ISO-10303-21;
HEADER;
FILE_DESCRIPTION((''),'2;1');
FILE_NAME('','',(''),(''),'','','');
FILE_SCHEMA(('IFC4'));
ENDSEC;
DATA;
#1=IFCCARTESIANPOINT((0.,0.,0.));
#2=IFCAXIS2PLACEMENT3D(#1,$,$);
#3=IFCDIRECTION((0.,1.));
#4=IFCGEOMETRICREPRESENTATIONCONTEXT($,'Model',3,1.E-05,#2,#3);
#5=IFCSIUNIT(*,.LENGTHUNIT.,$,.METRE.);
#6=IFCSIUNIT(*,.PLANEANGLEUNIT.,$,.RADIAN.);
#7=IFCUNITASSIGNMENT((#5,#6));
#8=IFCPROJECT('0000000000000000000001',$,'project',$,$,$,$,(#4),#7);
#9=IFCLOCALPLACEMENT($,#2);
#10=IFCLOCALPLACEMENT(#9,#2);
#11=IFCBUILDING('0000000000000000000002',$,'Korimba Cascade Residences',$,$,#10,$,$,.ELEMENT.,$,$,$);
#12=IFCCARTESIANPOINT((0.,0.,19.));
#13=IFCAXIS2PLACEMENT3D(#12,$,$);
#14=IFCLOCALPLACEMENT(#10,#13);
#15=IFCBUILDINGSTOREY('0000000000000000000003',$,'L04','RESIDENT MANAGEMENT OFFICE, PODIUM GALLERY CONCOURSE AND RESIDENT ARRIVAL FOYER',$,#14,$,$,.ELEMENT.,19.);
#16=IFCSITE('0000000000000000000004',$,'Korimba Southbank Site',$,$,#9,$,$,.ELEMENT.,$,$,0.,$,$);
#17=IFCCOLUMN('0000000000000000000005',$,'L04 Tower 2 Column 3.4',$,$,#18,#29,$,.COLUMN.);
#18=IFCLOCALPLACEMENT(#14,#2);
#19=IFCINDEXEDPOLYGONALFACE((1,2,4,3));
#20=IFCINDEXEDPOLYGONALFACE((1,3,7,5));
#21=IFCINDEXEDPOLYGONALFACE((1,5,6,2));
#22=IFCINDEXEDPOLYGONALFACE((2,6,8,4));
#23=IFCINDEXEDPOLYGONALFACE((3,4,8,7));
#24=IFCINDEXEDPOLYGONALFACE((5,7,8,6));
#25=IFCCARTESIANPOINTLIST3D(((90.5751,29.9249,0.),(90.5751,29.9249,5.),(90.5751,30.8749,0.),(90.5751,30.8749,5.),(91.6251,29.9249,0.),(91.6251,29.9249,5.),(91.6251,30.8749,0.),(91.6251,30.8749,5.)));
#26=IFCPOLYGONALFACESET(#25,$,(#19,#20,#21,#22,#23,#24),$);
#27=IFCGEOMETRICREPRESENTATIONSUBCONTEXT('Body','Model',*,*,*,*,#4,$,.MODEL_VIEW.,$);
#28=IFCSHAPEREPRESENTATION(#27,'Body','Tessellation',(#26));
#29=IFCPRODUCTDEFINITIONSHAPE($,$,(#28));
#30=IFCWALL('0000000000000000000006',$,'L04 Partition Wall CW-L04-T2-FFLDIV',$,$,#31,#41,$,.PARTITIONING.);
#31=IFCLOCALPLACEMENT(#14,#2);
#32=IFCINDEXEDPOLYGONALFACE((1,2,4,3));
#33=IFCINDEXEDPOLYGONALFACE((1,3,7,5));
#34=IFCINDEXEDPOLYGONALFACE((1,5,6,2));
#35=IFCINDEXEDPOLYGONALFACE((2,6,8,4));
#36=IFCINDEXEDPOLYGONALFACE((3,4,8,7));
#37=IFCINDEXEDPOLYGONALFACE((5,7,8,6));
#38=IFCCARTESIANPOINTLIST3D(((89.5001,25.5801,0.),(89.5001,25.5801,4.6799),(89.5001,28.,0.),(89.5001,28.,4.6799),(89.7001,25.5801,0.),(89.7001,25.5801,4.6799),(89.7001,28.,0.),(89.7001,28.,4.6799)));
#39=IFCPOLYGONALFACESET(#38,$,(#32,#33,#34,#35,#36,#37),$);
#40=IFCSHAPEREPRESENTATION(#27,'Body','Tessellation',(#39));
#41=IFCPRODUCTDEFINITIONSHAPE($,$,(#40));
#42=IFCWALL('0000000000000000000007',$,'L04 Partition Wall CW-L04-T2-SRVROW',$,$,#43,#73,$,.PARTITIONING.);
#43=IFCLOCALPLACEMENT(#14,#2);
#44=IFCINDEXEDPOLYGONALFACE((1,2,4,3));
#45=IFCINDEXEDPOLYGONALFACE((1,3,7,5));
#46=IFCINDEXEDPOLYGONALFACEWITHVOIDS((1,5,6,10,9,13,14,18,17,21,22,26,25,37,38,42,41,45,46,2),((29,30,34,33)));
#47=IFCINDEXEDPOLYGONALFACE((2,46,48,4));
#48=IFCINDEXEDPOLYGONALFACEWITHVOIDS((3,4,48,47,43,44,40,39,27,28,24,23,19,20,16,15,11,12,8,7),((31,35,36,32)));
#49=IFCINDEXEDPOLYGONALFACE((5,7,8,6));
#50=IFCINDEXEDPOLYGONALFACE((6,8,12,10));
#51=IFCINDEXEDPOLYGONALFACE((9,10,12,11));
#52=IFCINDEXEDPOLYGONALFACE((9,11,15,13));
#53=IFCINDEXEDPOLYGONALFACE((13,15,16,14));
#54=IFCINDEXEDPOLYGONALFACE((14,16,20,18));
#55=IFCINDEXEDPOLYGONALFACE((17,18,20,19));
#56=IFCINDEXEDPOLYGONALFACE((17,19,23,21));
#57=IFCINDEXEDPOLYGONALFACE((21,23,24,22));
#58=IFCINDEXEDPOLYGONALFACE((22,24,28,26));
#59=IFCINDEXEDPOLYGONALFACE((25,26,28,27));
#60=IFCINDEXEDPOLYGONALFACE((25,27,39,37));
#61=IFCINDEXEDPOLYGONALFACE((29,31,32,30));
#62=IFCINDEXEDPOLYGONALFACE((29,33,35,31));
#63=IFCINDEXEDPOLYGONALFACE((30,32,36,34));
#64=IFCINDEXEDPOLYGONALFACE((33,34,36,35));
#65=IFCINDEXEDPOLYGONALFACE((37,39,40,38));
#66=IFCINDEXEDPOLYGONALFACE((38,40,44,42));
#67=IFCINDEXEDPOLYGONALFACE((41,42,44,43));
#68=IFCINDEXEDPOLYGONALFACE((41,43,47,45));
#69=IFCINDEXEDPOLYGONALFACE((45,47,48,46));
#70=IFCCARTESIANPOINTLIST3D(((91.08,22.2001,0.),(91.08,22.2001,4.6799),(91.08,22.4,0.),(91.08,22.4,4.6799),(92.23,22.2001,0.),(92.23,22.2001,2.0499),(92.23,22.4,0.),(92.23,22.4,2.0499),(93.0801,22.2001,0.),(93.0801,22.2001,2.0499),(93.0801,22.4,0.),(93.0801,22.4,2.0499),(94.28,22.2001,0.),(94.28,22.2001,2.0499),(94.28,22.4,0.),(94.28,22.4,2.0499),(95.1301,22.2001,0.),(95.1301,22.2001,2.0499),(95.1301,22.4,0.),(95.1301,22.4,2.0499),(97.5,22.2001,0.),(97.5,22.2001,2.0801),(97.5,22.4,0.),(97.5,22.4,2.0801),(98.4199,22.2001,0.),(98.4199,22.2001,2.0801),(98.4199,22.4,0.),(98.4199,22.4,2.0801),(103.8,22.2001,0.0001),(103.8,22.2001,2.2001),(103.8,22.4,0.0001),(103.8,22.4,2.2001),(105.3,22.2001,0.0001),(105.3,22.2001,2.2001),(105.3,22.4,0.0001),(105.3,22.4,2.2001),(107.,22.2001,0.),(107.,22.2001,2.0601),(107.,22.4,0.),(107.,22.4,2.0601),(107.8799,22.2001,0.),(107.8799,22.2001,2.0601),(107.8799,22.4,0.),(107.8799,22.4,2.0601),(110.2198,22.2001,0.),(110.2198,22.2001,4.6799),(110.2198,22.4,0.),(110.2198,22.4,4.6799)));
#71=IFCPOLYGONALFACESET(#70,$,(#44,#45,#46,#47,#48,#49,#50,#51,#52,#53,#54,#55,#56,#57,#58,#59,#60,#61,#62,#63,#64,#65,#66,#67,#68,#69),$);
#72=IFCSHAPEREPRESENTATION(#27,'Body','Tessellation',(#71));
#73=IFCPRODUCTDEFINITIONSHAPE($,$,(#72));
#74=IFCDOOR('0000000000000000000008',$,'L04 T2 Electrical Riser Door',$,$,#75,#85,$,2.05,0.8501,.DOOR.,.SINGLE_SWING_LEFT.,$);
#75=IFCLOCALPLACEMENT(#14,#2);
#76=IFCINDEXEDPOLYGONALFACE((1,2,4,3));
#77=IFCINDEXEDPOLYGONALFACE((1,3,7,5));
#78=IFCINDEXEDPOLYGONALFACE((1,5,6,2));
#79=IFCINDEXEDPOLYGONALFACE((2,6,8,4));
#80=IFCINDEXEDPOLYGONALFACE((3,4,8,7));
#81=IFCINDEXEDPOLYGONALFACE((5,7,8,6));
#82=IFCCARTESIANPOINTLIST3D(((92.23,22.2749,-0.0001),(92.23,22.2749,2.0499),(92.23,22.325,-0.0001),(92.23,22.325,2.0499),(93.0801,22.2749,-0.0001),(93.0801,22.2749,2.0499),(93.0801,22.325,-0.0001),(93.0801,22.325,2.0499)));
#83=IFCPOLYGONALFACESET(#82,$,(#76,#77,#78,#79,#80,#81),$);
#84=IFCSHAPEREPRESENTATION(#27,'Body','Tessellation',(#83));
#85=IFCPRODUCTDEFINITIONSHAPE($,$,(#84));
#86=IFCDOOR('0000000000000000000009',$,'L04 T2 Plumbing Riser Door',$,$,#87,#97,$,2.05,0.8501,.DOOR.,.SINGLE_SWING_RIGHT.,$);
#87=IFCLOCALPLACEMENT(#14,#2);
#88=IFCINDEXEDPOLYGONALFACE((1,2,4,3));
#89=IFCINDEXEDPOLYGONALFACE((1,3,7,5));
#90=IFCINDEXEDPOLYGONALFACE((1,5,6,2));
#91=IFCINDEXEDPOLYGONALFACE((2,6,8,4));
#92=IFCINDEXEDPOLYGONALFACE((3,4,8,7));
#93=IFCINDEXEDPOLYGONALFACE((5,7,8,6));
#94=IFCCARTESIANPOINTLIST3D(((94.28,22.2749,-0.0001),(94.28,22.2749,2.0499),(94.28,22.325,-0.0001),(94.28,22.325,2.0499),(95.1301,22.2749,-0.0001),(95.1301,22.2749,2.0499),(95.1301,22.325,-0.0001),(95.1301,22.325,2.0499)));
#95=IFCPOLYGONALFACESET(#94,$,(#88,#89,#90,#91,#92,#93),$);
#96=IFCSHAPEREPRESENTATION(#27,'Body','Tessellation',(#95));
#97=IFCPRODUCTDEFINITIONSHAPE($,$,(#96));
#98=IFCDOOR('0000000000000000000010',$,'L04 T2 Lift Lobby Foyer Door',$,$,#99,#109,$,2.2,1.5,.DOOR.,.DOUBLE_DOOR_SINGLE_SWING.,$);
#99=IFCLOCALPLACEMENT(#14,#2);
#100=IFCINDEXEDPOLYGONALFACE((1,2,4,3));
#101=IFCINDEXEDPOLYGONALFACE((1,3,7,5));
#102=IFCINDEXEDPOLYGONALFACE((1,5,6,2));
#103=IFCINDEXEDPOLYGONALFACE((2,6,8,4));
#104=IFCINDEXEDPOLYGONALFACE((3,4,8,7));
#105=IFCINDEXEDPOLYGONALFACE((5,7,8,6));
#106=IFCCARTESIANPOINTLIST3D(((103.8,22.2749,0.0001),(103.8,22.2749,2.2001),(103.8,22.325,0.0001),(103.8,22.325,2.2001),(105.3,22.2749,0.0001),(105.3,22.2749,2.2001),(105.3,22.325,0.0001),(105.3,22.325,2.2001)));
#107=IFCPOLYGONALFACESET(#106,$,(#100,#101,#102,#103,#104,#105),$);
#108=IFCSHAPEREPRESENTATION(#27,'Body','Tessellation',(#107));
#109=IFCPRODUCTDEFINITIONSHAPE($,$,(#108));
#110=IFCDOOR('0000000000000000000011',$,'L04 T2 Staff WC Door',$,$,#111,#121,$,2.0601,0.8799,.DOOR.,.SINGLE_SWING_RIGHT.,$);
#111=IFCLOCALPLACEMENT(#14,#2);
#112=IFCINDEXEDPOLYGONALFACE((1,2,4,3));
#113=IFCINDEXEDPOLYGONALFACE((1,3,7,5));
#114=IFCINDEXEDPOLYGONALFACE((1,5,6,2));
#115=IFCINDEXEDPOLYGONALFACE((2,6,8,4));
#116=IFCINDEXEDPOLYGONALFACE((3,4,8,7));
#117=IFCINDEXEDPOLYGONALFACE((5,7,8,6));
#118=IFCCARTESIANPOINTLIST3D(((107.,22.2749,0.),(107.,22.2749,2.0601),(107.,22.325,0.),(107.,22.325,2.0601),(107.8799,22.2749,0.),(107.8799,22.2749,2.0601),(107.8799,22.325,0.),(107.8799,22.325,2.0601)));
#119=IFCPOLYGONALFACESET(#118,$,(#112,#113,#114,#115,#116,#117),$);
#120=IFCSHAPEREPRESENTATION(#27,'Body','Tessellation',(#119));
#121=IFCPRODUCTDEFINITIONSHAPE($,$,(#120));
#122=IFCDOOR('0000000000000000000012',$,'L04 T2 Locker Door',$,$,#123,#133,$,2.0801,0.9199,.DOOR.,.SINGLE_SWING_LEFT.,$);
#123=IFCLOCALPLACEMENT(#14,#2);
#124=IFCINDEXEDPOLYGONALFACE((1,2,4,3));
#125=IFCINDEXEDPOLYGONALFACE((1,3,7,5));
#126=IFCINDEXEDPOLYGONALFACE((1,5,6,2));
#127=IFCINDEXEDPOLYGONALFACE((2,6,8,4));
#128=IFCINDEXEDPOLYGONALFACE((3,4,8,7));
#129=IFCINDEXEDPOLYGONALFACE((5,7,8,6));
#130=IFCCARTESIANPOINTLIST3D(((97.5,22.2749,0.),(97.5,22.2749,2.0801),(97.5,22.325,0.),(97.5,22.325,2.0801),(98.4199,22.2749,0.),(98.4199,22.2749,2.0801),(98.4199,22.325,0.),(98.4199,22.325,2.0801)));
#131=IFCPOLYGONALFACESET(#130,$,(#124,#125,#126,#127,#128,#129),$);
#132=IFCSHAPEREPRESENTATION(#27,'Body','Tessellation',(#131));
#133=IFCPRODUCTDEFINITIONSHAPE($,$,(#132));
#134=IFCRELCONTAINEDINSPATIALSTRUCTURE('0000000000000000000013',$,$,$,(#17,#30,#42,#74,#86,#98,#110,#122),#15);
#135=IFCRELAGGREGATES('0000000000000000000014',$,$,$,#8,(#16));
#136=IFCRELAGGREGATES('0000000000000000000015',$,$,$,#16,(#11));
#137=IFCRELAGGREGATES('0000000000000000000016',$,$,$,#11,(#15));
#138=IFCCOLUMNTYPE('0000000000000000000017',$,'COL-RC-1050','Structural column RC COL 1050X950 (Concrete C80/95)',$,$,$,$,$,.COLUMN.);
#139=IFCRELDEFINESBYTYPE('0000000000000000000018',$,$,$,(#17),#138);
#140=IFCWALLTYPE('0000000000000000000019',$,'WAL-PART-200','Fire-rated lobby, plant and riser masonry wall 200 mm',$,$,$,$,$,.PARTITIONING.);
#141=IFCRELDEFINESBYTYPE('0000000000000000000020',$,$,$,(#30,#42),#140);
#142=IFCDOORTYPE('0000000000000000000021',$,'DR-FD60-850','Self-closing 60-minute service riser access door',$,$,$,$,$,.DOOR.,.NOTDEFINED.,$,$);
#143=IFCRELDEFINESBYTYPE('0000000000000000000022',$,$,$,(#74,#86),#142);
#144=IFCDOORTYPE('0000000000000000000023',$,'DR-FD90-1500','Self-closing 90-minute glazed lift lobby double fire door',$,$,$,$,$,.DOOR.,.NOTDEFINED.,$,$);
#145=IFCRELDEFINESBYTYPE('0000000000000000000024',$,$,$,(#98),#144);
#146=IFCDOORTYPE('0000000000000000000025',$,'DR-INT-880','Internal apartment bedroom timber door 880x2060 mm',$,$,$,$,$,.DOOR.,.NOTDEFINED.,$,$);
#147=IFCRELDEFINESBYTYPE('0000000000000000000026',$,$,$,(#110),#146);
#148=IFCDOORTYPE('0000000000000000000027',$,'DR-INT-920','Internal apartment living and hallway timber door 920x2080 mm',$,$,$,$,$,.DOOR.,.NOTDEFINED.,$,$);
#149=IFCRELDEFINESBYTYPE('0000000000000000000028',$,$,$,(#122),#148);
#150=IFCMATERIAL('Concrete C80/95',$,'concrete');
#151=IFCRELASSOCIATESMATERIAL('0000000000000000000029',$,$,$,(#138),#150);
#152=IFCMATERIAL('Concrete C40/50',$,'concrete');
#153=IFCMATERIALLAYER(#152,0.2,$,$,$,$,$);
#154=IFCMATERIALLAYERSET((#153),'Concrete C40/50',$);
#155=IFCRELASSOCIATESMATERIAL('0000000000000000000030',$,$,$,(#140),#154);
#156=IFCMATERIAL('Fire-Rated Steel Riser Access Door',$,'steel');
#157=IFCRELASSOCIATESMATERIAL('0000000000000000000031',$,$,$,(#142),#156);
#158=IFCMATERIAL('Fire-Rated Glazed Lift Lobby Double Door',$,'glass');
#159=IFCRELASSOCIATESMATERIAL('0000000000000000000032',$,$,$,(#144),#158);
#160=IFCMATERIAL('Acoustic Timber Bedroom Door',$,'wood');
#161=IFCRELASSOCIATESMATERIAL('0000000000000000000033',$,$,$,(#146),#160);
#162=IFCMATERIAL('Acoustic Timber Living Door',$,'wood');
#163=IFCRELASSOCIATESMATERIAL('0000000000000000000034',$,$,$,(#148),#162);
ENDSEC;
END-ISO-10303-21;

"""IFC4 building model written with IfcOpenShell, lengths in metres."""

from ifc_helpers import new_model, si_unit, direction, frame, frame_2d, origin, origin_2d, place, context, subcontext, project, spatial, rectangle, extrude, material, layer, layer_set, material_profile, profile_set, type_object, element, fill, save


model = new_model("IFC4")

# Units and contexts
model_context = context("Model", 3, precision=1e-05, world=origin(), true_north=direction((0.0, 1.0)))
body_context = subcontext(model_context, "Body", "Model", "MODEL_VIEW")
ifc_project = project(units=[si_unit("LENGTHUNIT", "METRE"), si_unit("PLANEANGLEUNIT", "RADIAN")], contexts=[model_context])

# Site, building, storey
site_placement = place(None, origin())
site = spatial("IfcSite", under=ifc_project, at=site_placement, Name="Korimba Southbank Site", CompositionType="ELEMENT", RefElevation=0.0)
building_placement = place(site_placement, origin())
building = spatial("IfcBuilding", under=site, at=building_placement, Name="Korimba Cascade Residences", CompositionType="ELEMENT")
storey_placement = place(building_placement, frame((0.0, 0.0, 19.0)))
storey = spatial("IfcBuildingStorey", under=building, at=storey_placement, Name="L04", Description="RESIDENT MANAGEMENT OFFICE, PODIUM GALLERY CONCOURSE AND RESIDENT ARRIVAL FOYER", CompositionType="ELEMENT", Elevation=19.0)

# Column
ifc_material_1 = material(Name="Concrete C80/95", Category="concrete")
ifc_material_profile = material_profile(ifc_material_1, rectangle(XDim=1.05, YDim=0.95, at=origin_2d()), Name="Concrete C80/95")
ifc_profile_set = profile_set([ifc_material_profile], Name="Concrete C80/95")
column_type = type_object("IfcColumnType", Name="COL-RC-1050", Description="Structural column RC COL 1050X950 (Concrete C80/95)", PredefinedType="COLUMN", material=ifc_profile_set)
column_placement = place(storey_placement, frame((91.1001, 30.3999, 0.0), z_axis=(0.0, 0.0, 1.0), x_axis=(1.0, 0.0, 0.0)))
element("IfcColumn", 1, at=column_placement, inside=storey, type_object=column_type, Name="L04 Tower 2 Column 3.4", PredefinedType="COLUMN", context=body_context, shape_type="SweptSolid", body=[
    extrude(rectangle(XDim=1.05, YDim=0.95, at=origin_2d()), origin(), (0.0, 0.0, 1.0), 5.0),
])

# Wall
ifc_material_2 = material(Name="Concrete C40/50", Category="concrete")
ifc_layer_1 = layer(ifc_material_2, 0.2)
ifc_layer_set_1 = layer_set([ifc_layer_1], Name="Concrete C40/50")
wall_type_1 = type_object("IfcWallType", Name="WAL-PART-200", Description="Fire-rated lobby, plant and riser masonry wall 200 mm", PredefinedType="PARTITIONING", material=ifc_layer_set_1)
wall_1_placement = place(storey_placement, frame((89.6001, 25.5801, 0.0), z_axis=(0.0, 0.0, 1.0), x_axis=(0.0, 1.0, 0.0)))
element("IfcWall", 2, at=wall_1_placement, inside=storey, type_object=wall_type_1, Name="L04 Partition Wall CW-L04-T2-FFLDIV", PredefinedType="PARTITIONING", context=body_context, shape_type="SweptSolid", body=[
    extrude(rectangle(XDim=2.4199, YDim=0.2, at=frame_2d((1.21, 0.0))), origin(), (0.0, 0.0, 1.0), 4.6799),
])

# Wall, openings, doors
wall_2_placement = place(storey_placement, frame((91.0801, 22.3, 0.0), z_axis=(0.0, 0.0, 1.0), x_axis=(1.0, 0.0, 0.0)))
wall_2 = element("IfcWall", 3, at=wall_2_placement, inside=storey, type_object=wall_type_1, Name="L04 Partition Wall CW-L04-T2-SRVROW", PredefinedType="PARTITIONING", context=body_context, shape_type="SweptSolid", body=[
    extrude(rectangle(XDim=19.1399, YDim=0.2, at=frame_2d((9.5698, 0.0))), origin(), (0.0, 0.0, 1.0), 4.6799),
])
opening_1_placement = place(wall_2_placement, frame((1.1499, 0.0, 0.0)))
opening_1 = element("IfcOpeningElement", 4, at=opening_1_placement, cuts=wall_2, PredefinedType="OPENING", context=body_context, shape_type="SweptSolid", body=[
    extrude(rectangle(XDim=0.8501, YDim=2.05, at=frame_2d((0.425, 1.0249))), frame((0.0, 0.1099, 0.0), z_axis=(0.0, -1.0, 0.0), x_axis=(1.0, 0.0, 0.0)), (0.0, 0.0, 1.0), 0.22),
])
opening_2_placement = place(wall_2_placement, frame((3.2, 0.0, 0.0)))
opening_2 = element("IfcOpeningElement", 5, at=opening_2_placement, cuts=wall_2, PredefinedType="OPENING", context=body_context, shape_type="SweptSolid", body=[
    extrude(rectangle(XDim=0.8501, YDim=2.05, at=frame_2d((0.425, 1.0249))), frame((0.0, 0.1099, 0.0), z_axis=(0.0, -1.0, 0.0), x_axis=(1.0, 0.0, 0.0)), (0.0, 0.0, 1.0), 0.22),
])
opening_3_placement = place(wall_2_placement, frame((12.72, 0.0, 0.0)))
opening_3 = element("IfcOpeningElement", 6, at=opening_3_placement, cuts=wall_2, PredefinedType="OPENING", context=body_context, shape_type="SweptSolid", body=[
    extrude(rectangle(XDim=1.5, YDim=2.2, at=frame_2d((0.75, 1.1001))), frame((0.0, 0.1099, 0.0), z_axis=(0.0, -1.0, 0.0), x_axis=(1.0, 0.0, 0.0)), (0.0, 0.0, 1.0), 0.22),
])
opening_4_placement = place(wall_2_placement, frame((6.4199, 0.0, 0.0)))
opening_4 = element("IfcOpeningElement", 7, at=opening_4_placement, cuts=wall_2, PredefinedType="OPENING", context=body_context, shape_type="SweptSolid", body=[
    extrude(rectangle(XDim=0.9199, YDim=2.0801, at=frame_2d((0.46, 1.04))), frame((0.0, 0.1099, 0.0), z_axis=(0.0, -1.0, 0.0), x_axis=(1.0, 0.0, 0.0)), (0.0, 0.0, 1.0), 0.22),
])
opening_5_placement = place(wall_2_placement, frame((15.9199, 0.0, 0.0)))
opening_5 = element("IfcOpeningElement", 8, at=opening_5_placement, cuts=wall_2, PredefinedType="OPENING", context=body_context, shape_type="SweptSolid", body=[
    extrude(rectangle(XDim=0.8799, YDim=2.0601, at=frame_2d((0.4399, 1.03))), frame((0.0, 0.1099, 0.0), z_axis=(0.0, -1.0, 0.0), x_axis=(1.0, 0.0, 0.0)), (0.0, 0.0, 1.0), 0.22),
])
ifc_material_3 = material(Name="Fire-Rated Steel Riser Access Door", Category="steel")
door_type_1 = type_object("IfcDoorType", Name="DR-FD60-850", Description="Self-closing 60-minute service riser access door", OperationType="NOTDEFINED", PredefinedType="DOOR", material=ifc_material_3)
door_1_placement = place(opening_1_placement, origin())
door_1 = element("IfcDoor", 9, at=door_1_placement, inside=storey, type_object=door_type_1, Name="L04 T2 Electrical Riser Door", OperationType="SINGLE_SWING_LEFT", OverallHeight=2.05, OverallWidth=0.8501, PredefinedType="DOOR", context=body_context, shape_type="SweptSolid", body=[
    extrude(rectangle(XDim=0.8501, YDim=2.05, at=frame_2d((0.425, 1.0249))), frame((0.0, 0.0249, 0.0), z_axis=(0.0, -1.0, 0.0), x_axis=(1.0, 0.0, 0.0)), (0.0, 0.0, 1.0), 0.05),
])
fill(opening_1, door_1)
door_2_placement = place(opening_2_placement, origin())
door_2 = element("IfcDoor", 10, at=door_2_placement, inside=storey, type_object=door_type_1, Name="L04 T2 Plumbing Riser Door", OperationType="SINGLE_SWING_RIGHT", OverallHeight=2.05, OverallWidth=0.8501, PredefinedType="DOOR", context=body_context, shape_type="SweptSolid", body=[
    extrude(rectangle(XDim=0.8501, YDim=2.05, at=frame_2d((0.425, 1.0249))), frame((0.0, 0.0249, 0.0), z_axis=(0.0, -1.0, 0.0), x_axis=(1.0, 0.0, 0.0)), (0.0, 0.0, 1.0), 0.05),
])
fill(opening_2, door_2)
ifc_material_4 = material(Name="Fire-Rated Glazed Lift Lobby Double Door", Category="glass")
door_type_2 = type_object("IfcDoorType", Name="DR-FD90-1500", Description="Self-closing 90-minute glazed lift lobby double fire door", OperationType="NOTDEFINED", PredefinedType="DOOR", material=ifc_material_4)
door_3_placement = place(opening_3_placement, origin())
door_3 = element("IfcDoor", 11, at=door_3_placement, inside=storey, type_object=door_type_2, Name="L04 T2 Lift Lobby Foyer Door", OperationType="DOUBLE_DOOR_SINGLE_SWING", OverallHeight=2.2, OverallWidth=1.5, PredefinedType="DOOR", context=body_context, shape_type="SweptSolid", body=[
    extrude(rectangle(XDim=1.5, YDim=2.2, at=frame_2d((0.75, 1.1001))), frame((0.0, 0.0249, 0.0), z_axis=(0.0, -1.0, 0.0), x_axis=(1.0, 0.0, 0.0)), (0.0, 0.0, 1.0), 0.05),
])
fill(opening_3, door_3)
ifc_material_5 = material(Name="Acoustic Timber Bedroom Door", Category="wood")
door_type_3 = type_object("IfcDoorType", Name="DR-INT-880", Description="Internal apartment bedroom timber door 880x2060 mm", OperationType="NOTDEFINED", PredefinedType="DOOR", material=ifc_material_5)
door_4_placement = place(opening_5_placement, origin())
door_4 = element("IfcDoor", 12, at=door_4_placement, inside=storey, type_object=door_type_3, Name="L04 T2 Staff WC Door", OperationType="SINGLE_SWING_RIGHT", OverallHeight=2.0601, OverallWidth=0.8799, PredefinedType="DOOR", context=body_context, shape_type="SweptSolid", body=[
    extrude(rectangle(XDim=0.8799, YDim=2.0601, at=frame_2d((0.4399, 1.03))), frame((0.0, 0.0249, 0.0), z_axis=(0.0, -1.0, 0.0), x_axis=(1.0, 0.0, 0.0)), (0.0, 0.0, 1.0), 0.05),
])
fill(opening_5, door_4)
ifc_material_6 = material(Name="Acoustic Timber Living Door", Category="wood")
door_type_4 = type_object("IfcDoorType", Name="DR-INT-920", Description="Internal apartment living and hallway timber door 920x2080 mm", OperationType="NOTDEFINED", PredefinedType="DOOR", material=ifc_material_6)
door_5_placement = place(opening_4_placement, origin())
door_5 = element("IfcDoor", 13, at=door_5_placement, inside=storey, type_object=door_type_4, Name="L04 T2 Locker Door", OperationType="SINGLE_SWING_LEFT", OverallHeight=2.0801, OverallWidth=0.9199, PredefinedType="DOOR", context=body_context, shape_type="SweptSolid", body=[
    extrude(rectangle(XDim=0.9199, YDim=2.0801, at=frame_2d((0.46, 1.04))), frame((0.0, 0.0249, 0.0), z_axis=(0.0, -1.0, 0.0), x_axis=(1.0, 0.0, 0.0)), (0.0, 0.0, 1.0), 0.05),
])
fill(opening_4, door_5)

save(model, "model.ifc")
